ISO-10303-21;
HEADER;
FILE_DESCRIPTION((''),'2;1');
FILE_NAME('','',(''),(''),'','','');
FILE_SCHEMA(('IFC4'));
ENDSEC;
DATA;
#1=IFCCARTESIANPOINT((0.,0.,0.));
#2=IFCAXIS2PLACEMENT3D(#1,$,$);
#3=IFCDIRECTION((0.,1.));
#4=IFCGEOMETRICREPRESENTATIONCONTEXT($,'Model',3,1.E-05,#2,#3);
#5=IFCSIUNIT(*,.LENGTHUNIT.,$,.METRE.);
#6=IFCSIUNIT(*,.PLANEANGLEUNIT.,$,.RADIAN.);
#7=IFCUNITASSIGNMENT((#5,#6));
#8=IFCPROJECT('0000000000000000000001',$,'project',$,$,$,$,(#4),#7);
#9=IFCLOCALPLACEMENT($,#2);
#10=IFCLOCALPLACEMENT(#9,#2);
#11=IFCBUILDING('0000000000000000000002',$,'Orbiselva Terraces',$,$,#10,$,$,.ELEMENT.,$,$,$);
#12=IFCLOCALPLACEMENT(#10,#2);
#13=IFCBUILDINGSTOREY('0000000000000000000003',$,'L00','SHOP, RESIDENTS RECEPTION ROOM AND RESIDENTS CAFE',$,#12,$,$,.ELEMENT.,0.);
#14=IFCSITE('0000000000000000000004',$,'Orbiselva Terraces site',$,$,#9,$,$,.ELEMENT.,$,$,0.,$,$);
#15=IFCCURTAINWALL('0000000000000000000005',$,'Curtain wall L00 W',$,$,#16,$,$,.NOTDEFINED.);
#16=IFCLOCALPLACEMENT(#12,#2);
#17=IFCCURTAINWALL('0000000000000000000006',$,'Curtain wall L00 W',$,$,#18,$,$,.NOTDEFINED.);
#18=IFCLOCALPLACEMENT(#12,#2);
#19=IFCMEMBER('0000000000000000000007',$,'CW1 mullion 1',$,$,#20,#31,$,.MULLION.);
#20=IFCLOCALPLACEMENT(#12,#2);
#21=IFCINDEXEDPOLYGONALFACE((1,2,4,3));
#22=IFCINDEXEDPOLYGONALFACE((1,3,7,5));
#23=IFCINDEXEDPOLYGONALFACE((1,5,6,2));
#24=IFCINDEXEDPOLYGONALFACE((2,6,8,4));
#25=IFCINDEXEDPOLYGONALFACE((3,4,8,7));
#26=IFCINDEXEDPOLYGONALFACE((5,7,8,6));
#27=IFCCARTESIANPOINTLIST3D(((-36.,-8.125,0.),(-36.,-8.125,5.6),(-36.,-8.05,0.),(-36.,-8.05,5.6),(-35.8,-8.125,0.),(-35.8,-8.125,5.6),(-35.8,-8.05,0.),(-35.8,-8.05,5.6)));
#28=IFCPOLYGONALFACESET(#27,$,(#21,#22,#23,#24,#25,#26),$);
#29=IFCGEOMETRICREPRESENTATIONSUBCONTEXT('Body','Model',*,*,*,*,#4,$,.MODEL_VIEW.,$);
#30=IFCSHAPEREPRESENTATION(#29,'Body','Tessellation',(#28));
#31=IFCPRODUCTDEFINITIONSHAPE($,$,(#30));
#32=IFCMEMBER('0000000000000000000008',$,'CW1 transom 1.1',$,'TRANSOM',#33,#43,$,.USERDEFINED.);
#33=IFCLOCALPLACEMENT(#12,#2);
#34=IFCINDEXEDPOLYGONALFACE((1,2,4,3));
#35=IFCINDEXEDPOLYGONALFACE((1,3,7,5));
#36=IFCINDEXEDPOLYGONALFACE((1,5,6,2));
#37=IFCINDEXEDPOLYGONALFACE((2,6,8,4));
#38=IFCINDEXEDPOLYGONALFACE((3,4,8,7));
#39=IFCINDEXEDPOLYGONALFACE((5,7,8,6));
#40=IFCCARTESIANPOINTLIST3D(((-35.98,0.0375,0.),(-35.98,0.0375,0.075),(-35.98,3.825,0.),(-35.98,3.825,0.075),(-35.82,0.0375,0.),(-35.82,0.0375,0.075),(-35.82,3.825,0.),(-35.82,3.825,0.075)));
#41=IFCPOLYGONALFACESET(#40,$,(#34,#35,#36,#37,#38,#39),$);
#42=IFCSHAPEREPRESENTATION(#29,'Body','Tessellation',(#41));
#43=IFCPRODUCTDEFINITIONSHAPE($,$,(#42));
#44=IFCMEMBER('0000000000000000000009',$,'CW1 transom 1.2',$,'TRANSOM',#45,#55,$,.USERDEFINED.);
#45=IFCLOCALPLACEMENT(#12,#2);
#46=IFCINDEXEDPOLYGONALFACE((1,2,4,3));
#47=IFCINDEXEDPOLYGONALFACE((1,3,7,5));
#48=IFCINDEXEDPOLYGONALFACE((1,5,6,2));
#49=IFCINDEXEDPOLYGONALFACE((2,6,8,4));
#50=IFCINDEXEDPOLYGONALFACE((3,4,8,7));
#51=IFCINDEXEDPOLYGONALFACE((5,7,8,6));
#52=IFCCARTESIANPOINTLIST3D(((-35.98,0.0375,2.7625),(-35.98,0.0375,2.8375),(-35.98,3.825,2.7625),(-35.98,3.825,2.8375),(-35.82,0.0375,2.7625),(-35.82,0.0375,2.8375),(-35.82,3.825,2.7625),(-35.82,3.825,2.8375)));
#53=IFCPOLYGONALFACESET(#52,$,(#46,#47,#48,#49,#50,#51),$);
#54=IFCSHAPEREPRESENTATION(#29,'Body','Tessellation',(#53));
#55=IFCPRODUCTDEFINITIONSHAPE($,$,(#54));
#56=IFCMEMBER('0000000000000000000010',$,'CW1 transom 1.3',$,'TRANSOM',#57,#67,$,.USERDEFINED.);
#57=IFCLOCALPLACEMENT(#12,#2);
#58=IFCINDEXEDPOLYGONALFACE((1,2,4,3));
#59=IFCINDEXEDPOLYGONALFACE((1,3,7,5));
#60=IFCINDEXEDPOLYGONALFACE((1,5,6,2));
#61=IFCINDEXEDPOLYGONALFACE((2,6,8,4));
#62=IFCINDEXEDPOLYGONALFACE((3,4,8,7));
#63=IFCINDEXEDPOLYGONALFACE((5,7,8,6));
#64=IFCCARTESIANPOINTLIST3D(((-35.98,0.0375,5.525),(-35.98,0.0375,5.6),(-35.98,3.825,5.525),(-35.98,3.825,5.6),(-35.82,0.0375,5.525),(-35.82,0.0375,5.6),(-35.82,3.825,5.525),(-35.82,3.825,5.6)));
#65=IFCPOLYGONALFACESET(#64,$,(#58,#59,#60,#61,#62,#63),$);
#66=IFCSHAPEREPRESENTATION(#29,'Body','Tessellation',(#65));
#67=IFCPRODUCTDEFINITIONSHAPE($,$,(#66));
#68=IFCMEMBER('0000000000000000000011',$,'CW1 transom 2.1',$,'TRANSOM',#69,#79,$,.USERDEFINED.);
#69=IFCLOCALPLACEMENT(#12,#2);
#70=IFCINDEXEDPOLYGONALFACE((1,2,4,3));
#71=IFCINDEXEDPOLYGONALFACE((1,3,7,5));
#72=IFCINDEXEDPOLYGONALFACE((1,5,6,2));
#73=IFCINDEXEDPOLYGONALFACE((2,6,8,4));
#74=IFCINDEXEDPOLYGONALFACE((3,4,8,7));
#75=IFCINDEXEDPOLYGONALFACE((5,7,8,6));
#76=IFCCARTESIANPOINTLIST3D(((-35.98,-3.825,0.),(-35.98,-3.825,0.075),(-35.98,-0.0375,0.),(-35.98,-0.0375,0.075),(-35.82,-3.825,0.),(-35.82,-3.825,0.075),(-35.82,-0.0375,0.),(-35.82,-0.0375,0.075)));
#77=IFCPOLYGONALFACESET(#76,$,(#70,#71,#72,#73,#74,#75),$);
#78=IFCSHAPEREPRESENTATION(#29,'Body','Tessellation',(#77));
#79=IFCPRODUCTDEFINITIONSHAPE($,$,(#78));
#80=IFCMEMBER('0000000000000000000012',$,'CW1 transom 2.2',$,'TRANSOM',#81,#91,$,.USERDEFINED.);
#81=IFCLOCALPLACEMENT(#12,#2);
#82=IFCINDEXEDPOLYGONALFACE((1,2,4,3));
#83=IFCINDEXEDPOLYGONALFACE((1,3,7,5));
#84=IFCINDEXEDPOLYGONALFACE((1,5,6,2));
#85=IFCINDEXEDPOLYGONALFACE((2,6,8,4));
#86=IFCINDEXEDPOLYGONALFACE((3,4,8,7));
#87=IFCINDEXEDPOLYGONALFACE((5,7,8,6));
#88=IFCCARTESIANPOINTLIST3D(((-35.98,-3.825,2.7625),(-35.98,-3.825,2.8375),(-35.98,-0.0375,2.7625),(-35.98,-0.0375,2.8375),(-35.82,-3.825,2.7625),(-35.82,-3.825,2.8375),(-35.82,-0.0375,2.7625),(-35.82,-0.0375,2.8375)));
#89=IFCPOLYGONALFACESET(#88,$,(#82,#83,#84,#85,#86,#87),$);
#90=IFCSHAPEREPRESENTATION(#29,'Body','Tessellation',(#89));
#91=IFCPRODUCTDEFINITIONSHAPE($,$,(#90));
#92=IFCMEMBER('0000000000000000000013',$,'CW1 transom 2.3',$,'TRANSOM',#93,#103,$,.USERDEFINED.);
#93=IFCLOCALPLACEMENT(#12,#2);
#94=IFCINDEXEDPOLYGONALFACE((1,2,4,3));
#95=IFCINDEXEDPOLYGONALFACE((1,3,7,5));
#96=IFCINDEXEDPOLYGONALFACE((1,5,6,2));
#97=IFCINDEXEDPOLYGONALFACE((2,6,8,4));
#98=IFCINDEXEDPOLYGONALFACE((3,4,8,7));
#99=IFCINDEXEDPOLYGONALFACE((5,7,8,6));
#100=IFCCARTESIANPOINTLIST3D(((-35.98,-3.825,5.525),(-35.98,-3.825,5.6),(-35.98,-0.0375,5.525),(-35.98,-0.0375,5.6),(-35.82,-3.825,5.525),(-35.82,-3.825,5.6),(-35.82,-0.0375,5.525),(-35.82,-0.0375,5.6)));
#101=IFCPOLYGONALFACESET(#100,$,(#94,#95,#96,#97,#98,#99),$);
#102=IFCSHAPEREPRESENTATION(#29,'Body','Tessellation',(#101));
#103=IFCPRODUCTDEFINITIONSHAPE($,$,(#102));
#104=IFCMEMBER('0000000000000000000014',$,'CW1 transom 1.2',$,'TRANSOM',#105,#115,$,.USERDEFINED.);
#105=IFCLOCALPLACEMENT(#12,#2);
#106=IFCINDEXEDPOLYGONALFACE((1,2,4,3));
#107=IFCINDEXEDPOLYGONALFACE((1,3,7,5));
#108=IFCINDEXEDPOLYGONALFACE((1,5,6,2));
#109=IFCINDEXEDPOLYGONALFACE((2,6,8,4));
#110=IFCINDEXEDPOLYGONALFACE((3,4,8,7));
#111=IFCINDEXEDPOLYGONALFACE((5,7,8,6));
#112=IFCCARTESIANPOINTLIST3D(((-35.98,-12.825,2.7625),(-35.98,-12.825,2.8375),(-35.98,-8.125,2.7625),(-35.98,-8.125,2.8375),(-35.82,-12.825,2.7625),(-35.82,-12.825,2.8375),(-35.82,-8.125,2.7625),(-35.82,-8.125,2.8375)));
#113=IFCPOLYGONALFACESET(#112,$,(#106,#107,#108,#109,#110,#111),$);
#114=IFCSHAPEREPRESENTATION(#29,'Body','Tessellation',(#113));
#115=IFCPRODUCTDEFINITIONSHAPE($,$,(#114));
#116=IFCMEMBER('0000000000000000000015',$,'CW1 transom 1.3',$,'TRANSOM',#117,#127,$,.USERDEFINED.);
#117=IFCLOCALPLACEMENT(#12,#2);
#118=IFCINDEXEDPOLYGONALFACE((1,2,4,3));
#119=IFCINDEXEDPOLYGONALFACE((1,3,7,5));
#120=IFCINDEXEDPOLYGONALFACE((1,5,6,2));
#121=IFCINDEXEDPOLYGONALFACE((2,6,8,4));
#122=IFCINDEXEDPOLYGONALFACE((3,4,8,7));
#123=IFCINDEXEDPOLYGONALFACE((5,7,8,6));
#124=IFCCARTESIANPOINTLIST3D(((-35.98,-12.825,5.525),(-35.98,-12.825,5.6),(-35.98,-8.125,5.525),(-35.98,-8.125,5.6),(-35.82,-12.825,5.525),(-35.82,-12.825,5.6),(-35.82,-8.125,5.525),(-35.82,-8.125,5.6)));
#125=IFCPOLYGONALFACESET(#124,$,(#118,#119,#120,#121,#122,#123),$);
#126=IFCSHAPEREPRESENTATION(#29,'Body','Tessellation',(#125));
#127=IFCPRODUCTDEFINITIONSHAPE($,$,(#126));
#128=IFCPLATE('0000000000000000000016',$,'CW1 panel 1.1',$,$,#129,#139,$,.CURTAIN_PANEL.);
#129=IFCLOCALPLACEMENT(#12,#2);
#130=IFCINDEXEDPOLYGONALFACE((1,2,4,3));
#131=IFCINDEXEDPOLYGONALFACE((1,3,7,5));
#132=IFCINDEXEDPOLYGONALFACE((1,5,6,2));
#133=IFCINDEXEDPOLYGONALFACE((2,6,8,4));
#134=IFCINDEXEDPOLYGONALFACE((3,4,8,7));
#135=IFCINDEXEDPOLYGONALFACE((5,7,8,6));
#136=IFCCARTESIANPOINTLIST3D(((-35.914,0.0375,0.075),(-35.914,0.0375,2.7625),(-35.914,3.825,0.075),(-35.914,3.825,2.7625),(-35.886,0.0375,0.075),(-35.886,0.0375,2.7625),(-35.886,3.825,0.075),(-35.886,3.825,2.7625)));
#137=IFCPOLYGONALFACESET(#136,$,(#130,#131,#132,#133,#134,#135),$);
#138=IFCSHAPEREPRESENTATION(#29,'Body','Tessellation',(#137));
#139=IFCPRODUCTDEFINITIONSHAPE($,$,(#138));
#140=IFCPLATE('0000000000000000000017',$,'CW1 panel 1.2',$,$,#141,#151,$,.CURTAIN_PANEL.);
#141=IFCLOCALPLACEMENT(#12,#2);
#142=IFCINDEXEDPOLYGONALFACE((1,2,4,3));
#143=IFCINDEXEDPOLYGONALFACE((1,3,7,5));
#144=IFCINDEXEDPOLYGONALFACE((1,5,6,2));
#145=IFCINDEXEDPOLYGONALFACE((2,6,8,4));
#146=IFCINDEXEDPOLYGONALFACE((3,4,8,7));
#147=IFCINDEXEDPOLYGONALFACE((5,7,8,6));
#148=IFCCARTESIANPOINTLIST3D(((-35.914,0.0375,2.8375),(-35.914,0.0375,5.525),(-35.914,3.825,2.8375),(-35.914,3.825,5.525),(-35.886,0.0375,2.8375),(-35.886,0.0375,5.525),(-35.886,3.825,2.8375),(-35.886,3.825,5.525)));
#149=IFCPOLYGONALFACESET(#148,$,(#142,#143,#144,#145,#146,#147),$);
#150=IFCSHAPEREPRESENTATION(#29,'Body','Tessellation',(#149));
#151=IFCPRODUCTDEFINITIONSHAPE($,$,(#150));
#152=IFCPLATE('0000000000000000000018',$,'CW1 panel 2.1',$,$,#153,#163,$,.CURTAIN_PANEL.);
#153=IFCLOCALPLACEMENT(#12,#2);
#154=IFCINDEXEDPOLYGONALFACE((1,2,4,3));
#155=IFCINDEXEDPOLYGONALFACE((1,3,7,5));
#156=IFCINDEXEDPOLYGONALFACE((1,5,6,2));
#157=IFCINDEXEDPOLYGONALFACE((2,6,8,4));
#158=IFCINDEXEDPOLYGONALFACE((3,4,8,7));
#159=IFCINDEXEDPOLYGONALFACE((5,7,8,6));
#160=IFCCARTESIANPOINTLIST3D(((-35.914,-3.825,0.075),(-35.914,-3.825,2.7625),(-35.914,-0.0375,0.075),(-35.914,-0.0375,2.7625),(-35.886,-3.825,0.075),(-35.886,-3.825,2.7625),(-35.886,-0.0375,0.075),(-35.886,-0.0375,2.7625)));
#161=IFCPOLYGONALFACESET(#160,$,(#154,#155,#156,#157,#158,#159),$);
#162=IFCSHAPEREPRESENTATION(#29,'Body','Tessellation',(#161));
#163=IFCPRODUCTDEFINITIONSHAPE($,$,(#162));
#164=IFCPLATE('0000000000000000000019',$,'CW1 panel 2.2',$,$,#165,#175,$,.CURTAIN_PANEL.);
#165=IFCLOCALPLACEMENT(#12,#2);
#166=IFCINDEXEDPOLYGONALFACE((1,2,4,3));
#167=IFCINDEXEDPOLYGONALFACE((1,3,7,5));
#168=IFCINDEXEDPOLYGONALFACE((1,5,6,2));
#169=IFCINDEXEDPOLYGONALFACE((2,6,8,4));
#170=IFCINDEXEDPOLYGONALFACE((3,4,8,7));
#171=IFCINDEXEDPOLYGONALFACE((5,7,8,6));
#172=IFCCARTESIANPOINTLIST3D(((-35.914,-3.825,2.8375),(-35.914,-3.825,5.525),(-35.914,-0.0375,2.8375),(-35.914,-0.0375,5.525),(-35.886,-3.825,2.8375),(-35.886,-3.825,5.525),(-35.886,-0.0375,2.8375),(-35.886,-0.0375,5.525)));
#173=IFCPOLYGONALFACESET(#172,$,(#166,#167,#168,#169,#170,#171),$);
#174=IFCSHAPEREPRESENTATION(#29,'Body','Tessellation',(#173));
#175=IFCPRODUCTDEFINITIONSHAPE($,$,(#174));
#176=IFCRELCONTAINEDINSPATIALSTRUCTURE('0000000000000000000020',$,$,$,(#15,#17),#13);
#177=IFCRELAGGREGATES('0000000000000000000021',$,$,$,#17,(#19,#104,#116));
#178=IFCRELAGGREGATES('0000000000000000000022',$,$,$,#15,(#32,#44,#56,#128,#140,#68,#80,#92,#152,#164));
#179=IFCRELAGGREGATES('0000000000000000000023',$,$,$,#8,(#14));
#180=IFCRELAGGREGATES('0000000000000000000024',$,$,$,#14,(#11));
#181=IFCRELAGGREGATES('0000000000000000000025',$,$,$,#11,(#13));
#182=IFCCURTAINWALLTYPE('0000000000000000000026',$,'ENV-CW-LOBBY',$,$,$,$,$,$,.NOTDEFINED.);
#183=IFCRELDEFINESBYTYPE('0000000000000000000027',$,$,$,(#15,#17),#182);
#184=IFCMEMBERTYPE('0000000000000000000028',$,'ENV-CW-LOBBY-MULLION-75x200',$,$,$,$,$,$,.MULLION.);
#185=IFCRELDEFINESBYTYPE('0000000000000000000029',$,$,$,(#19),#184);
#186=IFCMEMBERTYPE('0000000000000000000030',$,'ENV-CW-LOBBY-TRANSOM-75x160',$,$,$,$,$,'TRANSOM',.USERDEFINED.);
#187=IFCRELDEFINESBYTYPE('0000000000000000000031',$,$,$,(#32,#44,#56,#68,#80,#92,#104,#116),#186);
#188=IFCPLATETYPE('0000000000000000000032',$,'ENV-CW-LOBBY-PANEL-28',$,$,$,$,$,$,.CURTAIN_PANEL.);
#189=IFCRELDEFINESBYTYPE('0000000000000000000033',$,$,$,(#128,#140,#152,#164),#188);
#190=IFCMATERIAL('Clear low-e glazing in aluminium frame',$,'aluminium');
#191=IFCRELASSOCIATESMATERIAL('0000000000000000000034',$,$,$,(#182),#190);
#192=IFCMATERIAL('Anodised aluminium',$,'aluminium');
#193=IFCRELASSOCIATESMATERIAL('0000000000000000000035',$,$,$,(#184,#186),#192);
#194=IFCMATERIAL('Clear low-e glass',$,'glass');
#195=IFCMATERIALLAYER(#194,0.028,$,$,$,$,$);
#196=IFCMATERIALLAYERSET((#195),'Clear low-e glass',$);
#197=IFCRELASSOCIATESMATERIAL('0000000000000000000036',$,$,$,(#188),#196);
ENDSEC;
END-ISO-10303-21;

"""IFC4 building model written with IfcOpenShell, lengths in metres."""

from ifc_helpers import new_model, si_unit, direction, frame, origin, origin_2d, place, context, subcontext, project, spatial, rectangle, extrude, material, layer, layer_set, material_profile, profile_set, type_object, element, aggregate, save


model = new_model("IFC4")

# Units and contexts
model_context = context("Model", 3, precision=1e-05, world=origin(), true_north=direction((0.0, 1.0)))
body_context = subcontext(model_context, "Body", "Model", "MODEL_VIEW")
ifc_project = project(units=[si_unit("LENGTHUNIT", "METRE"), si_unit("PLANEANGLEUNIT", "RADIAN")], contexts=[model_context])

# Site, building, storey
site_placement = place(None, origin())
site = spatial("IfcSite", under=ifc_project, at=site_placement, Name="Orbiselva Terraces site", CompositionType="ELEMENT", RefElevation=0.0)
building_placement = place(site_placement, origin())
building = spatial("IfcBuilding", under=site, at=building_placement, Name="Orbiselva Terraces", CompositionType="ELEMENT")
storey_placement = place(building_placement, origin())
storey = spatial("IfcBuildingStorey", under=building, at=storey_placement, Name="L00", Description="SHOP, RESIDENTS RECEPTION ROOM AND RESIDENTS CAFE", CompositionType="ELEMENT", Elevation=0.0)

# Curtain wall
ifc_material_1 = material(Name="Clear low-e glazing in aluminium frame", Category="aluminium")
curtain_wall_type = type_object("IfcCurtainWallType", Name="ENV-CW-LOBBY", PredefinedType="NOTDEFINED", material=ifc_material_1)
curtain_wall_1_placement = place(storey_placement, origin())
curtain_wall_1 = element("IfcCurtainWall", 1, at=curtain_wall_1_placement, inside=storey, type_object=curtain_wall_type, Name="Curtain wall L00 W", PredefinedType="NOTDEFINED")
ifc_material_2 = material(Name="Anodised aluminium", Category="aluminium")
ifc_material_profile_1 = material_profile(ifc_material_2, rectangle(XDim=0.2, YDim=0.075, at=origin_2d()), Name="AL 75x200")
ifc_profile_set_1 = profile_set([ifc_material_profile_1], Name="Anodised aluminium")
member_type_1 = type_object("IfcMemberType", Name="ENV-CW-LOBBY-MULLION-75x200", PredefinedType="MULLION", material=ifc_profile_set_1)

# Curtain wall, member
curtain_wall_2_placement = place(storey_placement, origin())
curtain_wall_2 = element("IfcCurtainWall", 2, at=curtain_wall_2_placement, inside=storey, type_object=curtain_wall_type, Name="Curtain wall L00 W", PredefinedType="NOTDEFINED")
member_1_placement = place(storey_placement, frame((-35.9, -8.0875, 0.0), z_axis=(0.0, 0.0, 1.0), x_axis=(1.0, 0.0, 0.0)))
member_1 = element("IfcMember", 3, at=member_1_placement, type_object=member_type_1, Name="CW1 mullion 1", PredefinedType="MULLION", context=body_context, shape_type="SweptSolid", body=[
    extrude(rectangle(XDim=0.2, YDim=0.075, at=origin_2d()), origin(), (0.0, 0.0, 1.0), 5.6),
])

# Members
ifc_material_profile_2 = material_profile(ifc_material_2, rectangle(XDim=0.16, YDim=0.075, at=origin_2d()), Name="AL 75x160")
ifc_profile_set_2 = profile_set([ifc_material_profile_2], Name="Anodised aluminium")
member_type_2 = type_object("IfcMemberType", Name="ENV-CW-LOBBY-TRANSOM-75x160", ElementType="TRANSOM", PredefinedType="USERDEFINED", material=ifc_profile_set_2)
member_2_placement = place(storey_placement, frame((-35.9, 3.825, 0.0375), z_axis=(0.0, -1.0, 0.0), x_axis=(1.0, 0.0, 0.0)))
member_2 = element("IfcMember", 4, at=member_2_placement, type_object=member_type_2, Name="CW1 transom 1.1", ObjectType="TRANSOM", PredefinedType="USERDEFINED", context=body_context, shape_type="SweptSolid", body=[
    extrude(rectangle(XDim=0.16, YDim=0.075, at=origin_2d()), origin(), (0.0, 0.0, 1.0), 3.7875),
])
member_3_placement = place(storey_placement, frame((-35.9, 3.825, 2.8), z_axis=(0.0, -1.0, 0.0), x_axis=(1.0, 0.0, 0.0)))
member_3 = element("IfcMember", 5, at=member_3_placement, type_object=member_type_2, Name="CW1 transom 1.2", ObjectType="TRANSOM", PredefinedType="USERDEFINED", context=body_context, shape_type="SweptSolid", body=[
    extrude(rectangle(XDim=0.16, YDim=0.075, at=origin_2d()), origin(), (0.0, 0.0, 1.0), 3.7875),
])
member_4_placement = place(storey_placement, frame((-35.9, 3.825, 5.5625), z_axis=(0.0, -1.0, 0.0), x_axis=(1.0, 0.0, 0.0)))
member_4 = element("IfcMember", 6, at=member_4_placement, type_object=member_type_2, Name="CW1 transom 1.3", ObjectType="TRANSOM", PredefinedType="USERDEFINED", context=body_context, shape_type="SweptSolid", body=[
    extrude(rectangle(XDim=0.16, YDim=0.075, at=origin_2d()), origin(), (0.0, 0.0, 1.0), 3.7875),
])
member_5_placement = place(storey_placement, frame((-35.9, -0.0375, 0.0375), z_axis=(0.0, -1.0, 0.0), x_axis=(1.0, 0.0, 0.0)))
member_5 = element("IfcMember", 7, at=member_5_placement, type_object=member_type_2, Name="CW1 transom 2.1", ObjectType="TRANSOM", PredefinedType="USERDEFINED", context=body_context, shape_type="SweptSolid", body=[
    extrude(rectangle(XDim=0.16, YDim=0.075, at=origin_2d()), origin(), (0.0, 0.0, 1.0), 3.7875),
])
member_6_placement = place(storey_placement, frame((-35.9, -0.0375, 2.8), z_axis=(0.0, -1.0, 0.0), x_axis=(1.0, 0.0, 0.0)))
member_6 = element("IfcMember", 8, at=member_6_placement, type_object=member_type_2, Name="CW1 transom 2.2", ObjectType="TRANSOM", PredefinedType="USERDEFINED", context=body_context, shape_type="SweptSolid", body=[
    extrude(rectangle(XDim=0.16, YDim=0.075, at=origin_2d()), origin(), (0.0, 0.0, 1.0), 3.7875),
])
member_7_placement = place(storey_placement, frame((-35.9, -0.0375, 5.5625), z_axis=(0.0, -1.0, 0.0), x_axis=(1.0, 0.0, 0.0)))
member_7 = element("IfcMember", 9, at=member_7_placement, type_object=member_type_2, Name="CW1 transom 2.3", ObjectType="TRANSOM", PredefinedType="USERDEFINED", context=body_context, shape_type="SweptSolid", body=[
    extrude(rectangle(XDim=0.16, YDim=0.075, at=origin_2d()), origin(), (0.0, 0.0, 1.0), 3.7875),
])
member_8_placement = place(storey_placement, frame((-35.9, -8.125, 2.8), z_axis=(0.0, -1.0, 0.0), x_axis=(1.0, 0.0, 0.0)))
member_8 = element("IfcMember", 10, at=member_8_placement, type_object=member_type_2, Name="CW1 transom 1.2", ObjectType="TRANSOM", PredefinedType="USERDEFINED", context=body_context, shape_type="SweptSolid", body=[
    extrude(rectangle(XDim=0.16, YDim=0.075, at=origin_2d()), origin(), (0.0, 0.0, 1.0), 4.7),
])
member_9_placement = place(storey_placement, frame((-35.9, -8.125, 5.5625), z_axis=(0.0, -1.0, 0.0), x_axis=(1.0, 0.0, 0.0)))
member_9 = element("IfcMember", 11, at=member_9_placement, type_object=member_type_2, Name="CW1 transom 1.3", ObjectType="TRANSOM", PredefinedType="USERDEFINED", context=body_context, shape_type="SweptSolid", body=[
    extrude(rectangle(XDim=0.16, YDim=0.075, at=origin_2d()), origin(), (0.0, 0.0, 1.0), 4.7),
])
aggregate(curtain_wall_2, [member_1, member_8, member_9])

# Plates
ifc_material_3 = material(Name="Clear low-e glass", Category="glass")
ifc_layer_1 = layer(ifc_material_3, 0.028)
ifc_layer_set_1 = layer_set([ifc_layer_1], Name="Clear low-e glass")
plate_type = type_object("IfcPlateType", Name="ENV-CW-LOBBY-PANEL-28", PredefinedType="CURTAIN_PANEL", material=ifc_layer_set_1)
plate_1_placement = place(storey_placement, frame((-35.9, 1.9312, 0.075), z_axis=(0.0, 0.0, 1.0), x_axis=(0.0, -1.0, 0.0)))
plate_1 = element("IfcPlate", 12, at=plate_1_placement, type_object=plate_type, Name="CW1 panel 1.1", PredefinedType="CURTAIN_PANEL", context=body_context, shape_type="SweptSolid", body=[
    extrude(rectangle(XDim=3.7875, YDim=0.028, at=origin_2d()), origin(), (0.0, 0.0, 1.0), 2.6875),
])
plate_2_placement = place(storey_placement, frame((-35.9, 1.9312, 2.8375), z_axis=(0.0, 0.0, 1.0), x_axis=(0.0, -1.0, 0.0)))
plate_2 = element("IfcPlate", 13, at=plate_2_placement, type_object=plate_type, Name="CW1 panel 1.2", PredefinedType="CURTAIN_PANEL", context=body_context, shape_type="SweptSolid", body=[
    extrude(rectangle(XDim=3.7875, YDim=0.028, at=origin_2d()), origin(), (0.0, 0.0, 1.0), 2.6875),
])
plate_3_placement = place(storey_placement, frame((-35.9, -1.9312, 0.075), z_axis=(0.0, 0.0, 1.0), x_axis=(0.0, -1.0, 0.0)))
plate_3 = element("IfcPlate", 14, at=plate_3_placement, type_object=plate_type, Name="CW1 panel 2.1", PredefinedType="CURTAIN_PANEL", context=body_context, shape_type="SweptSolid", body=[
    extrude(rectangle(XDim=3.7875, YDim=0.028, at=origin_2d()), origin(), (0.0, 0.0, 1.0), 2.6875),
])
plate_4_placement = place(storey_placement, frame((-35.9, -1.9312, 2.8375), z_axis=(0.0, 0.0, 1.0), x_axis=(0.0, -1.0, 0.0)))
plate_4 = element("IfcPlate", 15, at=plate_4_placement, type_object=plate_type, Name="CW1 panel 2.2", PredefinedType="CURTAIN_PANEL", context=body_context, shape_type="SweptSolid", body=[
    extrude(rectangle(XDim=3.7875, YDim=0.028, at=origin_2d()), origin(), (0.0, 0.0, 1.0), 2.6875),
])
aggregate(curtain_wall_1, [member_2, member_3, member_4, plate_1, plate_2, member_5, member_6, member_7, plate_3, plate_4])

save(model, "model.ifc")
